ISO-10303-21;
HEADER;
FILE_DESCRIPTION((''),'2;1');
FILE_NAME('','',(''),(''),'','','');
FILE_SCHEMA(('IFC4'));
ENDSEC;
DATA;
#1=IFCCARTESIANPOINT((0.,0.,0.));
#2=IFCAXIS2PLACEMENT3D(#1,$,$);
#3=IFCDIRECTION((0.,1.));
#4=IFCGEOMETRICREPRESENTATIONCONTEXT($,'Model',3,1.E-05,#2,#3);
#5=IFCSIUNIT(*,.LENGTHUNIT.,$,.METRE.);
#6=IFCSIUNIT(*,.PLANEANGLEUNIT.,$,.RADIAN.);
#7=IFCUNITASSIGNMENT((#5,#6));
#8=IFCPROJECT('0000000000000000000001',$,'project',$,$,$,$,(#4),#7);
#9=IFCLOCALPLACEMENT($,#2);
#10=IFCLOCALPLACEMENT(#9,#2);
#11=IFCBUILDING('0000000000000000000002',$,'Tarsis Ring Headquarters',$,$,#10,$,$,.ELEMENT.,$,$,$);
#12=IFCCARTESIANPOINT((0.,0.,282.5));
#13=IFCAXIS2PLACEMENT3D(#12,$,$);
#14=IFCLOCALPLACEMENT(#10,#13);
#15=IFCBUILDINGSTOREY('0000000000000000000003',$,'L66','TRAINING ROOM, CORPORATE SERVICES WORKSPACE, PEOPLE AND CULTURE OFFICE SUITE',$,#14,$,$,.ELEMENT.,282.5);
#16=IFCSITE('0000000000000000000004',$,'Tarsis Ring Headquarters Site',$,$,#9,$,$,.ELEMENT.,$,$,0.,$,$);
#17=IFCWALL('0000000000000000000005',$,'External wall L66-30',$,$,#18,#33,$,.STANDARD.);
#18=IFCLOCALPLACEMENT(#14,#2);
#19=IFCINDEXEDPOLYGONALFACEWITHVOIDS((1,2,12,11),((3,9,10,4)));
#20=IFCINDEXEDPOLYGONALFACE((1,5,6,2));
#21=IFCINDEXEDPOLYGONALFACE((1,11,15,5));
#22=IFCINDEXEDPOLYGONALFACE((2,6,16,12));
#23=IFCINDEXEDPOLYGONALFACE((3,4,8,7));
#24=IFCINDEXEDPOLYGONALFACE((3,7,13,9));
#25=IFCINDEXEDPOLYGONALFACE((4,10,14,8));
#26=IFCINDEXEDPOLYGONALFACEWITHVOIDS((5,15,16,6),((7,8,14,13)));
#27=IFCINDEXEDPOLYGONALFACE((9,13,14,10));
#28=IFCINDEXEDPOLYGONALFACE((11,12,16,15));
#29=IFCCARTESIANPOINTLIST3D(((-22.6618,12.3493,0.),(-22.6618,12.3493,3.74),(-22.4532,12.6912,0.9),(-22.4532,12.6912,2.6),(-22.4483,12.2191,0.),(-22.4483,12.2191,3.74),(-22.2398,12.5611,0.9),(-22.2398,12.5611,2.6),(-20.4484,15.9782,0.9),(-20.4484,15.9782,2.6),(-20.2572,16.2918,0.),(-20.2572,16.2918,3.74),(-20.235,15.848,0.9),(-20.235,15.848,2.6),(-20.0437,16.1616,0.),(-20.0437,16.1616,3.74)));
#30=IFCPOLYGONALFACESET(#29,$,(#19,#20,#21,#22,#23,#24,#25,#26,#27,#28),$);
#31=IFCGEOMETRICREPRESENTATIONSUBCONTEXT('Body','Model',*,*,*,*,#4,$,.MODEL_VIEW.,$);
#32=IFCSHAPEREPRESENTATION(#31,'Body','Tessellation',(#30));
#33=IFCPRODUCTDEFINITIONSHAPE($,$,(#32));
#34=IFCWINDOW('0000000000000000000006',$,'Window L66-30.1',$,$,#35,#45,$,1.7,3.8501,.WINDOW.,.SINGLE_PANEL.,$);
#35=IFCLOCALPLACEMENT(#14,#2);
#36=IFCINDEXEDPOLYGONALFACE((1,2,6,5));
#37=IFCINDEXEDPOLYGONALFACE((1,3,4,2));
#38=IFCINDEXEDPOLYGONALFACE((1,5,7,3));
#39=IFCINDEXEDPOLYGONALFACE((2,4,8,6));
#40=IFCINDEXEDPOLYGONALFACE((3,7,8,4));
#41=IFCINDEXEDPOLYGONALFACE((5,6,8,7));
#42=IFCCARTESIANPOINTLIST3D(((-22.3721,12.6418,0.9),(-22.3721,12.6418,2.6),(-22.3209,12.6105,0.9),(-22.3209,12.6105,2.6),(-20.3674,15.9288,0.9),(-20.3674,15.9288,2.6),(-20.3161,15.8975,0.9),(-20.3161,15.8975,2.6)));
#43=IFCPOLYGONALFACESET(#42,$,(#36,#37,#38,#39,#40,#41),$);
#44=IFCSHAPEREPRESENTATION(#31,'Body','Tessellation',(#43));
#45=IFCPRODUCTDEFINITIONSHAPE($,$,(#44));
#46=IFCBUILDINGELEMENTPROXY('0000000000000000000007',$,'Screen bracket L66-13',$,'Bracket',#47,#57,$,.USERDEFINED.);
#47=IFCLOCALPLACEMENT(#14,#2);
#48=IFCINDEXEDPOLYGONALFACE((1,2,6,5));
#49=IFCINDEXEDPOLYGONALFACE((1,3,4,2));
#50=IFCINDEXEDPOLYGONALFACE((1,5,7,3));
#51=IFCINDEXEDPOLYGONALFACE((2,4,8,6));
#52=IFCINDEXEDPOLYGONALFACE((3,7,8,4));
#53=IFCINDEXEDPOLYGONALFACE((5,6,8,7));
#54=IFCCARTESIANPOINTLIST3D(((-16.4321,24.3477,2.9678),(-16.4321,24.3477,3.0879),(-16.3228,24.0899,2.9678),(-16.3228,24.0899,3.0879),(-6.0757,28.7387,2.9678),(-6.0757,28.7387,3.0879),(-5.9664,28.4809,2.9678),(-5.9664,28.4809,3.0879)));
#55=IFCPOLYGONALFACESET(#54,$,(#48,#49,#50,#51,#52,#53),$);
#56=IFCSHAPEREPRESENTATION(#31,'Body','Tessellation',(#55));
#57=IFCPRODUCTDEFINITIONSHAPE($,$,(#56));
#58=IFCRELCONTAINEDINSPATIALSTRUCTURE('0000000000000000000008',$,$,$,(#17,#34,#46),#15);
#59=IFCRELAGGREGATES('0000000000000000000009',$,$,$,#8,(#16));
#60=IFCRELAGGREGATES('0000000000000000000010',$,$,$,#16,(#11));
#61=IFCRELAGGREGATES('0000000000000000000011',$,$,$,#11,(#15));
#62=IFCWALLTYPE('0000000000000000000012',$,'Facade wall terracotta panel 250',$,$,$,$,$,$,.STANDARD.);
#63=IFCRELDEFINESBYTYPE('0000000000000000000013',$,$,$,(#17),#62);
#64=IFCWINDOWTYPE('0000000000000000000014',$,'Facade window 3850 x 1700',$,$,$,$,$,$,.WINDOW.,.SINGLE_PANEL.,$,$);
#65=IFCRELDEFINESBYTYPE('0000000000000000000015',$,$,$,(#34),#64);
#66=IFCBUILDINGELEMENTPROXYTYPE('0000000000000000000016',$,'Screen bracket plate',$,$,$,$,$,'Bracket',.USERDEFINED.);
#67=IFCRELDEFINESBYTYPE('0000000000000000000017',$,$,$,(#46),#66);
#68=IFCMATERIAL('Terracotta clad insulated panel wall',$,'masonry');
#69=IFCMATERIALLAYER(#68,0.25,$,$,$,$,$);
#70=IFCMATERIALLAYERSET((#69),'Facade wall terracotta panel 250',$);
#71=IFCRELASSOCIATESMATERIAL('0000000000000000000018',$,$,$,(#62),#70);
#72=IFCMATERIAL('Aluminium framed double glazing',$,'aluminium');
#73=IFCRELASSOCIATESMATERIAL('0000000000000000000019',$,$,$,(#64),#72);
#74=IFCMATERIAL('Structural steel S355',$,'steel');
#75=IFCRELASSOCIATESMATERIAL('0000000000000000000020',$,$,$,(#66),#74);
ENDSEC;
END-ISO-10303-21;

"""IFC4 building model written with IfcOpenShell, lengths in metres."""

from ifc_helpers import new_model, si_unit, direction, frame, frame_2d, origin, origin_2d, place, context, subcontext, project, spatial, rectangle, extrude, material, layer, layer_set, type_object, element, fill, save


model = new_model("IFC4")

# Units and contexts
model_context = context("Model", 3, precision=1e-05, world=origin(), true_north=direction((0.0, 1.0)))
body_context = subcontext(model_context, "Body", "Model", "MODEL_VIEW")
ifc_project = project(units=[si_unit("LENGTHUNIT", "METRE"), si_unit("PLANEANGLEUNIT", "RADIAN")], contexts=[model_context])

# Site, building, storey
site_placement = place(None, origin())
site = spatial("IfcSite", under=ifc_project, at=site_placement, Name="Tarsis Ring Headquarters Site", CompositionType="ELEMENT", RefElevation=0.0)
building_placement = place(site_placement, origin())
building = spatial("IfcBuilding", under=site, at=building_placement, Name="Tarsis Ring Headquarters", CompositionType="ELEMENT")
storey_placement = place(building_placement, frame((0.0, 0.0, 282.5)))
storey = spatial("IfcBuildingStorey", under=building, at=storey_placement, Name="L66", Description="TRAINING ROOM, CORPORATE SERVICES WORKSPACE, PEOPLE AND CULTURE OFFICE SUITE", CompositionType="ELEMENT", Elevation=282.5)

# Shared definitions
ifc_material_1 = material(Name="Structural steel S355", Category="steel")

# Wall, opening, window
ifc_material_2 = material(Name="Terracotta clad insulated panel wall", Category="masonry")
ifc_layer_1 = layer(ifc_material_2, 0.25)
ifc_layer_set_1 = layer_set([ifc_layer_1], Name="Facade wall terracotta panel 250")
wall_type_1 = type_object("IfcWallType", Name="Facade wall terracotta panel 250", PredefinedType="STANDARD", material=ifc_layer_set_1)
ifc_material_3 = material(Name="Aluminium framed double glazing", Category="aluminium")
wall_1_placement = place(storey_placement, frame((-20.1504, 16.2268, 0.0), z_axis=(0.0, 0.0, 1.0), x_axis=(-0.52071, -0.853734, 0.0)))
wall_1 = element("IfcWall", 1, at=wall_1_placement, inside=storey, type_object=wall_type_1, Name="External wall L66-30", PredefinedType="STANDARD", context=body_context, shape_type="SweptSolid", body=[
    extrude(rectangle(XDim=4.6179, YDim=0.25, at=frame_2d((2.3091, 0.0))), origin(), (0.0, 0.0, 1.0), 3.74),
])
opening_1_placement = place(wall_1_placement, frame((0.3674, 0.0, 0.8999)))
opening_1 = element("IfcOpeningElement", 2, at=opening_1_placement, cuts=wall_1, PredefinedType="OPENING", context=body_context, shape_type="SweptSolid", body=[
    extrude(rectangle(XDim=3.8501, YDim=1.7, at=frame_2d((1.925, 0.8501))), frame((0.0, 0.135, 0.0), z_axis=(0.0, -1.0, 0.0), x_axis=(1.0, 0.0, 0.0)), (0.0, 0.0, 1.0), 0.27),
])
window_type_1 = type_object("IfcWindowType", Name="Facade window 3850 x 1700", PartitioningType="SINGLE_PANEL", PredefinedType="WINDOW", material=ifc_material_3)
window_1_placement = place(opening_1_placement, origin())
window_1 = element("IfcWindow", 3, at=window_1_placement, inside=storey, type_object=window_type_1, Name="Window L66-30.1", OverallHeight=1.7, OverallWidth=3.8501, PartitioningType="SINGLE_PANEL", PredefinedType="WINDOW", context=body_context, shape_type="SweptSolid", body=[
    extrude(rectangle(XDim=3.8501, YDim=1.7, at=frame_2d((1.925, 0.8501))), frame((0.0, 0.03, 0.0), z_axis=(0.0, -1.0, 0.0), x_axis=(1.0, 0.0, 0.0)), (0.0, 0.0, 1.0), 0.0601),
])
fill(opening_1, window_1)

# Building element proxy
building_element_proxy_type = type_object("IfcBuildingElementProxyType", Name="Screen bracket plate", ElementType="Bracket", PredefinedType="USERDEFINED", material=ifc_material_1)
proxy_placement = place(storey_placement, frame((-11.1992, 26.4143, 2.9678), z_axis=(0.0, 0.0, 1.0), x_axis=(-0.920667, -0.390349, 0.0)))
element("IfcBuildingElementProxy", 4, at=proxy_placement, inside=storey, type_object=building_element_proxy_type, Name="Screen bracket L66-13", ObjectType="Bracket", PredefinedType="USERDEFINED", context=body_context, shape_type="SweptSolid", body=[
    extrude(rectangle(XDim=11.2488, YDim=0.28, at=origin_2d()), origin(), (0.0, 0.0, 1.0), 0.1201),
])

save(model, "model.ifc")
